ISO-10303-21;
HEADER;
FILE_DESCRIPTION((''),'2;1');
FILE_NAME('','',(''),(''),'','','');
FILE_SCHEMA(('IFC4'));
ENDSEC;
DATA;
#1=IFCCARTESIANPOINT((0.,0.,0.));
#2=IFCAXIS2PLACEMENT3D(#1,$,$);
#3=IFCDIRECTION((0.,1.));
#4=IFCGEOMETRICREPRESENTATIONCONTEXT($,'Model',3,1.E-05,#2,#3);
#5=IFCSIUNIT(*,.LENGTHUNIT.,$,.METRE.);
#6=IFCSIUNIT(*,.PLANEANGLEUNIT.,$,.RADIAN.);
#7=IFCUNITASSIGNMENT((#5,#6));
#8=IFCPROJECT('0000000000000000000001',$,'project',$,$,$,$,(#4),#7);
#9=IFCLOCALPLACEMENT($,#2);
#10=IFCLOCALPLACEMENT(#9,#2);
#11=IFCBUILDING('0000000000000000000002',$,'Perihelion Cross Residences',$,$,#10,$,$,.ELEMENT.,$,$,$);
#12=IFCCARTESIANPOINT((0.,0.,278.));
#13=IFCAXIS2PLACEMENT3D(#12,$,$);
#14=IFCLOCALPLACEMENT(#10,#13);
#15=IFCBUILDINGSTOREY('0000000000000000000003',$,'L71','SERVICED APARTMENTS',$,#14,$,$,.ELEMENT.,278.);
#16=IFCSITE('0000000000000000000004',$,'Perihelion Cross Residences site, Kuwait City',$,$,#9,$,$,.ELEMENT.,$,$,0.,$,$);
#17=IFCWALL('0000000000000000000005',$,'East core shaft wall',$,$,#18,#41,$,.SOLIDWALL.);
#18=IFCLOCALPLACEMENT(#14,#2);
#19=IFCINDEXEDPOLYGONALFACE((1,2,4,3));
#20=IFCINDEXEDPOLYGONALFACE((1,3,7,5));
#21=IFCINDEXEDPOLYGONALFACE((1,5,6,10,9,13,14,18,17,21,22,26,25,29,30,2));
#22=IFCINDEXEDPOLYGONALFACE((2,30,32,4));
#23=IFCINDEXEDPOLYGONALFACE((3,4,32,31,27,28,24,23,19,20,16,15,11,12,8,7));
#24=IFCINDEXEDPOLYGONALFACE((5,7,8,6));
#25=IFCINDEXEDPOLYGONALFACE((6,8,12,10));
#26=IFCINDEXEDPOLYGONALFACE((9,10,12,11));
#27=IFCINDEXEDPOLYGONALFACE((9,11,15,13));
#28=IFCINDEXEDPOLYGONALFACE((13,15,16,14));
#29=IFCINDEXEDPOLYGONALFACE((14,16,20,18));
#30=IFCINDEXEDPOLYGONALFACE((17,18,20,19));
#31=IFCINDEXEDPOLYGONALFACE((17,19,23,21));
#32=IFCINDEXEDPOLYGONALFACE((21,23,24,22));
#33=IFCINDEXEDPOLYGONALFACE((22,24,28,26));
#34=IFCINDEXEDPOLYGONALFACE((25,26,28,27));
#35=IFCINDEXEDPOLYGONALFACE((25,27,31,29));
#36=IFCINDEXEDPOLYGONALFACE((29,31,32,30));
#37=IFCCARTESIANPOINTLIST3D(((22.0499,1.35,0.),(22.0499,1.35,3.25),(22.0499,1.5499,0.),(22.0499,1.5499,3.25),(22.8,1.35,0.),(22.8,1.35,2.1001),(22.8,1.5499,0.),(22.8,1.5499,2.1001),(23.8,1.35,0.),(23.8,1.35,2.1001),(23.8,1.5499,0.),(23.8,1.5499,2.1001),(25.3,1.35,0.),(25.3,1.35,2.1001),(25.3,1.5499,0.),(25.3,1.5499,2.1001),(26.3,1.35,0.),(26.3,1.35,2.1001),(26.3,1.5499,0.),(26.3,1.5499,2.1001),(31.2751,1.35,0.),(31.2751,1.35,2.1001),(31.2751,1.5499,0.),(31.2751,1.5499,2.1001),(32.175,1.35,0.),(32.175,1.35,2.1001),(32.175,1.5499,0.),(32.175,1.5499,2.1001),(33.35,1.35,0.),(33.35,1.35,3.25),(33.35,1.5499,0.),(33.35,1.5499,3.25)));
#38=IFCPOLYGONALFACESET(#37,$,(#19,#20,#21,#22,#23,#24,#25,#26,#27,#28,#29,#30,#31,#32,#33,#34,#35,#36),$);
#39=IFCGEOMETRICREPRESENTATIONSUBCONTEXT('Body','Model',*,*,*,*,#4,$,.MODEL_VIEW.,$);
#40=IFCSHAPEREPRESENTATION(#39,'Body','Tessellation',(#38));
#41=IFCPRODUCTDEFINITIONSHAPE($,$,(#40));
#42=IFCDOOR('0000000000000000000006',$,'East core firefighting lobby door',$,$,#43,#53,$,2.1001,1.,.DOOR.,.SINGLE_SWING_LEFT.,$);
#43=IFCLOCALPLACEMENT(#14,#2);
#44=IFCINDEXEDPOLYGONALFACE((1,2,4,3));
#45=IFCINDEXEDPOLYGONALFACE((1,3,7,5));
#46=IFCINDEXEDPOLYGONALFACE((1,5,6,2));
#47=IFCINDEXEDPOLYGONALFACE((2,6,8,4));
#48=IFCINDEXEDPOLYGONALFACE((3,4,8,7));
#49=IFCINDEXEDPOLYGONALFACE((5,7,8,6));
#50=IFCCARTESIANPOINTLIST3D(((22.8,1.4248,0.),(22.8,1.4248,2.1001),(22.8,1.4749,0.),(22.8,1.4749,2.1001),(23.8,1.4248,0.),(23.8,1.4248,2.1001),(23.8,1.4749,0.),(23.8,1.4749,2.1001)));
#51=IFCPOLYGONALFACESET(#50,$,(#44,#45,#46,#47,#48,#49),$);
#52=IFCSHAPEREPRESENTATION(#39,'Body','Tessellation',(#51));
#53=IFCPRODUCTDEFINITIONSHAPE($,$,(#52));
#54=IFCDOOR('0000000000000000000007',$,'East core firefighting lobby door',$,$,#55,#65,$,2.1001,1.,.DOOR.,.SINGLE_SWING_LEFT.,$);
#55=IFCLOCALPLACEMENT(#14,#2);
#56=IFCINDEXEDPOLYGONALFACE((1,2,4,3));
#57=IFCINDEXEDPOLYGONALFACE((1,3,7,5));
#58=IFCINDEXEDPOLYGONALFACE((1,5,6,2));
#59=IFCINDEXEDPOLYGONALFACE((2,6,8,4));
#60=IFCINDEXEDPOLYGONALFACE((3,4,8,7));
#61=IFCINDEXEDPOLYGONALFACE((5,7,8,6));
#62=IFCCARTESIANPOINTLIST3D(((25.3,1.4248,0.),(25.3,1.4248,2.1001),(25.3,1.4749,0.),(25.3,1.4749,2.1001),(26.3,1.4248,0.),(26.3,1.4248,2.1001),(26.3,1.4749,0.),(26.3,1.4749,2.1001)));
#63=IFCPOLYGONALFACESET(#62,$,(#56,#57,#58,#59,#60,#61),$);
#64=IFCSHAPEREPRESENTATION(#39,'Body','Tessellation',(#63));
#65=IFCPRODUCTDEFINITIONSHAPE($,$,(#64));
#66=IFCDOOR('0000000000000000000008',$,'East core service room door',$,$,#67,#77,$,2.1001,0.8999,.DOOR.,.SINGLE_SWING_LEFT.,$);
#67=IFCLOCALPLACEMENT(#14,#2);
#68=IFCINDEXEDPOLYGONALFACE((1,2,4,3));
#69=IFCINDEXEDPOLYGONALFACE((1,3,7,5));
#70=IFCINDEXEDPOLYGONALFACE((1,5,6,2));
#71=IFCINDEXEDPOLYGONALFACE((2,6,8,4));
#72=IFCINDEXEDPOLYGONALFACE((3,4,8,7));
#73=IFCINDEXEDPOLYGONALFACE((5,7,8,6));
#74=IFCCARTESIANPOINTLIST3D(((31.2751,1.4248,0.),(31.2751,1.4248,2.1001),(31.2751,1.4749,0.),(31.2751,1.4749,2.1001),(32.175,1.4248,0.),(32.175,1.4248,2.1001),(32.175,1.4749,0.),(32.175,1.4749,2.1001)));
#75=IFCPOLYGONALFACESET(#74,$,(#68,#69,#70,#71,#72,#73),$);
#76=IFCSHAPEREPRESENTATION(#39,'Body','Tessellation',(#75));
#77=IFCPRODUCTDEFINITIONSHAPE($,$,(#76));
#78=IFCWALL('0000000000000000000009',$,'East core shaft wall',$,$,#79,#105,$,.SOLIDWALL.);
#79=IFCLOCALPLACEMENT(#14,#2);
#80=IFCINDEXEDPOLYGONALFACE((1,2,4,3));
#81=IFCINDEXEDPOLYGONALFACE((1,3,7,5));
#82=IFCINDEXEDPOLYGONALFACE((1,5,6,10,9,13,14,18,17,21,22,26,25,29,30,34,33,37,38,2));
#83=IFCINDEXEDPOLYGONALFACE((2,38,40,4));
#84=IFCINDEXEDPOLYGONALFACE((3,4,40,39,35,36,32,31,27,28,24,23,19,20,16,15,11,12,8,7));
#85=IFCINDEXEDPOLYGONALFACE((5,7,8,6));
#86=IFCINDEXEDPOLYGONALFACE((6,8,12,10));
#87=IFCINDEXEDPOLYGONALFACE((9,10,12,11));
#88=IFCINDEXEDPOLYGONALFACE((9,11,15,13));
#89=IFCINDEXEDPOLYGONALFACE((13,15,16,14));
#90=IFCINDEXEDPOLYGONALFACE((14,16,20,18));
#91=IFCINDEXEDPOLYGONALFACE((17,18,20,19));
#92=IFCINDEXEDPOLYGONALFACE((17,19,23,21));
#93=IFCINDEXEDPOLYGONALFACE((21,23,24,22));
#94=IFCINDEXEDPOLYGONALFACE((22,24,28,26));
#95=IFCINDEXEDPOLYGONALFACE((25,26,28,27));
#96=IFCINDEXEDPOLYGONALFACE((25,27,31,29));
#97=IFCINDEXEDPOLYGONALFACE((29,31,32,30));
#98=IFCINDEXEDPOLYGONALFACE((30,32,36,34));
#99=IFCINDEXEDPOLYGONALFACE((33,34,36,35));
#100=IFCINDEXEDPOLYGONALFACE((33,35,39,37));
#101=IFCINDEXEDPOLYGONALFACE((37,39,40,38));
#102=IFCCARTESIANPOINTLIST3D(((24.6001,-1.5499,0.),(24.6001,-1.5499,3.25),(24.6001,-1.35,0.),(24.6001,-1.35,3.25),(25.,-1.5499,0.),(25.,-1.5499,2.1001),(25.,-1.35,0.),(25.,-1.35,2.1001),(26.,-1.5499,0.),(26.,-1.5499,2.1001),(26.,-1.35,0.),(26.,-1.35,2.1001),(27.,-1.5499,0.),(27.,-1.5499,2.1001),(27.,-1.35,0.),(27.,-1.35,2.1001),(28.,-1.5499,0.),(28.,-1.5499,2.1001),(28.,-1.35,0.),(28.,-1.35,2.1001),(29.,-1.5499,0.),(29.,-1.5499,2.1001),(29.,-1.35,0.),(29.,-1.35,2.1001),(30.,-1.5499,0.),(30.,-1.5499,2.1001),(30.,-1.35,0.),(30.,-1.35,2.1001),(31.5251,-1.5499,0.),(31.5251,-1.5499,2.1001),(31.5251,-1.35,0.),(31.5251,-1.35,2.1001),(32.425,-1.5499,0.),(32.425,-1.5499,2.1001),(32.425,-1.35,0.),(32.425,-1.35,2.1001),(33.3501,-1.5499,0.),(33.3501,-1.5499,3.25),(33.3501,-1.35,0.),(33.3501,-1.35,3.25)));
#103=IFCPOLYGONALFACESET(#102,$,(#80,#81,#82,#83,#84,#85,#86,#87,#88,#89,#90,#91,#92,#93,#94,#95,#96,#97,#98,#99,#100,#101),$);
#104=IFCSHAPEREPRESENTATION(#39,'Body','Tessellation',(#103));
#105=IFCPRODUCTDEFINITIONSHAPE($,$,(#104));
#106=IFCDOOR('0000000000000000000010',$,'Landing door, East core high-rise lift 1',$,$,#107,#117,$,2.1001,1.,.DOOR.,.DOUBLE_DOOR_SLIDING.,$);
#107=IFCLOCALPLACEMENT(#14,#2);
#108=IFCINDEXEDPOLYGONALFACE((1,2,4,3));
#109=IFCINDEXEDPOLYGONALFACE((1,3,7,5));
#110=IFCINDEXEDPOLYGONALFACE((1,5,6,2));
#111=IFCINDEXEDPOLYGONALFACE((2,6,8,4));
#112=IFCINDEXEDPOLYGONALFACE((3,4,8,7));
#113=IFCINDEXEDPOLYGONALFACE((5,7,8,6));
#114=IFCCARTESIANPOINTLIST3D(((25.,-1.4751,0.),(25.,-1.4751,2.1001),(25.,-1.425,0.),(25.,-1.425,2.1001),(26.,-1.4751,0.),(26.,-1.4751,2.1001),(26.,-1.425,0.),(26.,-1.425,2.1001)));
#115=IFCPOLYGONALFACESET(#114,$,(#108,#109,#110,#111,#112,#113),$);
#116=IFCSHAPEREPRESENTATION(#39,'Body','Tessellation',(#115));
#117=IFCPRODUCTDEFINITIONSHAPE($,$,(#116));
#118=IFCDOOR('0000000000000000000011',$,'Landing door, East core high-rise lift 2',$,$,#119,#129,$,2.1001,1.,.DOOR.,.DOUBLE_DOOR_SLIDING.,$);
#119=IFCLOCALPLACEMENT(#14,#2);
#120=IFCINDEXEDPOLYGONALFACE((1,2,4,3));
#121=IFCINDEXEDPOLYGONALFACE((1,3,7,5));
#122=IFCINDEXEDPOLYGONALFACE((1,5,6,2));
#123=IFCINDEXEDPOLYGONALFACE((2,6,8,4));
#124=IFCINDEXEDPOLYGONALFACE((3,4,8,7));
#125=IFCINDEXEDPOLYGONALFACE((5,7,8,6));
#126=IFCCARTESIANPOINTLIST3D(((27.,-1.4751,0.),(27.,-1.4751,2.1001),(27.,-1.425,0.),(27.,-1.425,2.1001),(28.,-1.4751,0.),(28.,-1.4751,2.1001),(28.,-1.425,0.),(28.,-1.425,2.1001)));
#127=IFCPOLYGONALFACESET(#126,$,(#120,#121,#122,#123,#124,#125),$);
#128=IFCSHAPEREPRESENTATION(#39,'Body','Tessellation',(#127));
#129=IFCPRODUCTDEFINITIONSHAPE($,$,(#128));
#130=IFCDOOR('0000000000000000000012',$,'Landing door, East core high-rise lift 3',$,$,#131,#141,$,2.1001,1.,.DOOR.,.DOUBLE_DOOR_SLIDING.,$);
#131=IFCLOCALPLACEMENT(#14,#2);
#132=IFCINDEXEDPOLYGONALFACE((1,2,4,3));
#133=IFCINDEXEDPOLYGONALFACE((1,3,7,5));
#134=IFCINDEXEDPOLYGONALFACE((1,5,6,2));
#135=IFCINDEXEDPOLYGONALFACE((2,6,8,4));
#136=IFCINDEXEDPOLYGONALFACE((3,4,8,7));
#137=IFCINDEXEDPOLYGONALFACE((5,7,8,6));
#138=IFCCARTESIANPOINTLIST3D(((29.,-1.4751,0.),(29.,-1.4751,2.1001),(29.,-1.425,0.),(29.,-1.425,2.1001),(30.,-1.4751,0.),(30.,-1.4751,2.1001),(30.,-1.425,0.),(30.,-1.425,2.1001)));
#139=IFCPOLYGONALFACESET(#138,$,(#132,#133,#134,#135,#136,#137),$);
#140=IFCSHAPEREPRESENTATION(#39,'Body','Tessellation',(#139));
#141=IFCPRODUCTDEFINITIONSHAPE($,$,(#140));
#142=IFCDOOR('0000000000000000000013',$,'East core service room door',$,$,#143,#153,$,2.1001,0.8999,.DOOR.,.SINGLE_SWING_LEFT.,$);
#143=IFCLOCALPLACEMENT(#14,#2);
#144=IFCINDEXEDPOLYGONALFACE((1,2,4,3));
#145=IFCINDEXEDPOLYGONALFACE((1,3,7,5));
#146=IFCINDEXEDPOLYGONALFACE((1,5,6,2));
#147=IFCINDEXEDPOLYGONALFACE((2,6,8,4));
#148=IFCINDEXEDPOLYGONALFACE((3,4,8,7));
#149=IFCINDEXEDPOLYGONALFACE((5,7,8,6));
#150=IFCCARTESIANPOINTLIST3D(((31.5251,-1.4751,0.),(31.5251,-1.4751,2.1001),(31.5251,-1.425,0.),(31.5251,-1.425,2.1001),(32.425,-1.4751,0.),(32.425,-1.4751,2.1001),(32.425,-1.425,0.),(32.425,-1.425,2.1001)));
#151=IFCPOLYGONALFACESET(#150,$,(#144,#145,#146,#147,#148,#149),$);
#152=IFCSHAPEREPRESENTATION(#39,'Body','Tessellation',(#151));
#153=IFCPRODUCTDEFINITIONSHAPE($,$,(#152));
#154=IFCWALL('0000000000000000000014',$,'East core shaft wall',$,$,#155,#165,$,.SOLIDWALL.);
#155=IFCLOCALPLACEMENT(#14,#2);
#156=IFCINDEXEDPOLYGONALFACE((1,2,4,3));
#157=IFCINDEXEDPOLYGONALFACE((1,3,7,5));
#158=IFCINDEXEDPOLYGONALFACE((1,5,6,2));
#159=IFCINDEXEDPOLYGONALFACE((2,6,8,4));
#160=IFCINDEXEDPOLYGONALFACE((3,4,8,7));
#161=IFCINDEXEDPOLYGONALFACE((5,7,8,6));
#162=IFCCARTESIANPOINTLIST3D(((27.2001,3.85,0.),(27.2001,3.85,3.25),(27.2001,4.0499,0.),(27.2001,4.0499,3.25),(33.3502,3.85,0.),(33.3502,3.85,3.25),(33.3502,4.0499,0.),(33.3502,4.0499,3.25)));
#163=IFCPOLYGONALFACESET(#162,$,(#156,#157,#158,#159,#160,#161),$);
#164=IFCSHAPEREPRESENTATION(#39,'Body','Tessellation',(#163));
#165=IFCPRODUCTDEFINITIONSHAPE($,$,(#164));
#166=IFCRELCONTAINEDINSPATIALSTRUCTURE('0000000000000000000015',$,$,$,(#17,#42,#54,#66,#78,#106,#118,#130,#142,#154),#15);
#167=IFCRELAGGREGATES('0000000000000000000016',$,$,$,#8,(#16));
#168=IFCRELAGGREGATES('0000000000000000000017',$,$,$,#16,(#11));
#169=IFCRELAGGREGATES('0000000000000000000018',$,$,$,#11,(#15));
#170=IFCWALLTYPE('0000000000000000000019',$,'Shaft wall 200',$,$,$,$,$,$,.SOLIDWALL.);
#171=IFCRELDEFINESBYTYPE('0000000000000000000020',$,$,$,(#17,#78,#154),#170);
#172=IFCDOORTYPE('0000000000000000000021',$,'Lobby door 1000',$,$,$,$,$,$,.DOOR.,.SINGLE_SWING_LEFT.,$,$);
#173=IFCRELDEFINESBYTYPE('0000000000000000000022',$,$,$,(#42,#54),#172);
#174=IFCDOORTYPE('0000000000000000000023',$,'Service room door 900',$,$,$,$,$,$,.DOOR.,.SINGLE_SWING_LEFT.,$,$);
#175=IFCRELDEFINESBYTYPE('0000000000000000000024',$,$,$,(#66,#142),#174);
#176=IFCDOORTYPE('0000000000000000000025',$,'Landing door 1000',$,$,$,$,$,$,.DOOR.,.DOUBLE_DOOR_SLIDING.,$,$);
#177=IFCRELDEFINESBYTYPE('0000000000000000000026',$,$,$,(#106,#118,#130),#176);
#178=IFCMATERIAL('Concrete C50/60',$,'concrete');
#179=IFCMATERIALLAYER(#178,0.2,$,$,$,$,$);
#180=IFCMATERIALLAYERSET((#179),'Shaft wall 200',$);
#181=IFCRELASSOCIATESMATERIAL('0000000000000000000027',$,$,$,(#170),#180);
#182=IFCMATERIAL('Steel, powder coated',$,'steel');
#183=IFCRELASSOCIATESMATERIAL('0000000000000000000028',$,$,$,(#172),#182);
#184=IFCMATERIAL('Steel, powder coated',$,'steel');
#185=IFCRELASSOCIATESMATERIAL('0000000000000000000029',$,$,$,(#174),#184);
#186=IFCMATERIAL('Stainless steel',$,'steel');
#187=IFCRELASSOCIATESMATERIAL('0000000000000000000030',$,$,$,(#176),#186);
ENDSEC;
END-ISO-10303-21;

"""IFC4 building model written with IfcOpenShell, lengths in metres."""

from ifc_helpers import new_model, si_unit, direction, frame, frame_2d, origin, place, context, subcontext, project, spatial, rectangle, extrude, material, layer, layer_set, type_object, element, fill, save


model = new_model("IFC4")

# Units and contexts
model_context = context("Model", 3, precision=1e-05, world=origin(), true_north=direction((0.0, 1.0)))
body_context = subcontext(model_context, "Body", "Model", "MODEL_VIEW")
ifc_project = project(units=[si_unit("LENGTHUNIT", "METRE"), si_unit("PLANEANGLEUNIT", "RADIAN")], contexts=[model_context])

# Site, building, storey
site_placement = place(None, origin())
site = spatial("IfcSite", under=ifc_project, at=site_placement, Name="Perihelion Cross Residences site, Kuwait City", CompositionType="ELEMENT", RefElevation=0.0)
building_placement = place(site_placement, origin())
building = spatial("IfcBuilding", under=site, at=building_placement, Name="Perihelion Cross Residences", CompositionType="ELEMENT")
storey_placement = place(building_placement, frame((0.0, 0.0, 278.0)))
storey = spatial("IfcBuildingStorey", under=building, at=storey_placement, Name="L71", Description="SERVICED APARTMENTS", CompositionType="ELEMENT", Elevation=278.0)

# Walls, openings, doors
ifc_material_1 = material(Name="Concrete C50/60", Category="concrete")
ifc_layer_1 = layer(ifc_material_1, 0.2)
ifc_layer_set_1 = layer_set([ifc_layer_1], Name="Shaft wall 200")
wall_type_1 = type_object("IfcWallType", Name="Shaft wall 200", PredefinedType="SOLIDWALL", material=ifc_layer_set_1)
wall_1_placement = place(storey_placement, frame((22.05, 1.45, 0.0), z_axis=(0.0, 0.0, 1.0), x_axis=(1.0, 0.0, 0.0)))
wall_1 = element("IfcWall", 1, at=wall_1_placement, inside=storey, type_object=wall_type_1, Name="East core shaft wall", PredefinedType="SOLIDWALL", context=body_context, shape_type="SweptSolid", body=[
    extrude(rectangle(XDim=11.3, YDim=0.2, at=frame_2d((5.6499, 0.0))), origin(), (0.0, 0.0, 1.0), 3.25),
])
opening_1_placement = place(wall_1_placement, frame((0.75, 0.0, 0.0)))
opening_1 = element("IfcOpeningElement", 2, at=opening_1_placement, cuts=wall_1, PredefinedType="OPENING", context=body_context, shape_type="SweptSolid", body=[
    extrude(rectangle(XDim=1.0, YDim=2.1001, at=frame_2d((0.5, 1.05))), frame((0.0, 0.1099, 0.0), z_axis=(0.0, -1.0, 0.0), x_axis=(1.0, 0.0, 0.0)), (0.0, 0.0, 1.0), 0.22),
])
opening_2_placement = place(wall_1_placement, frame((3.25, 0.0, 0.0)))
opening_2 = element("IfcOpeningElement", 3, at=opening_2_placement, cuts=wall_1, PredefinedType="OPENING", context=body_context, shape_type="SweptSolid", body=[
    extrude(rectangle(XDim=1.0, YDim=2.1001, at=frame_2d((0.5, 1.05))), frame((0.0, 0.1099, 0.0), z_axis=(0.0, -1.0, 0.0), x_axis=(1.0, 0.0, 0.0)), (0.0, 0.0, 1.0), 0.22),
])
opening_3_placement = place(wall_1_placement, frame((9.2251, 0.0, 0.0)))
opening_3 = element("IfcOpeningElement", 4, at=opening_3_placement, cuts=wall_1, PredefinedType="OPENING", context=body_context, shape_type="SweptSolid", body=[
    extrude(rectangle(XDim=0.8999, YDim=2.1001, at=frame_2d((0.45, 1.05))), frame((0.0, 0.1099, 0.0), z_axis=(0.0, -1.0, 0.0), x_axis=(1.0, 0.0, 0.0)), (0.0, 0.0, 1.0), 0.22),
])
ifc_material_2 = material(Name="Steel, powder coated", Category="steel")
door_type_1 = type_object("IfcDoorType", Name="Lobby door 1000", OperationType="SINGLE_SWING_LEFT", PredefinedType="DOOR", material=ifc_material_2)
door_1_placement = place(opening_1_placement, origin())
door_1 = element("IfcDoor", 5, at=door_1_placement, inside=storey, type_object=door_type_1, Name="East core firefighting lobby door", OperationType="SINGLE_SWING_LEFT", OverallHeight=2.1001, OverallWidth=1.0, PredefinedType="DOOR", context=body_context, shape_type="SweptSolid", body=[
    extrude(rectangle(XDim=1.0, YDim=2.1001, at=frame_2d((0.5, 1.05))), frame((0.0, 0.0249, 0.0), z_axis=(0.0, -1.0, 0.0), x_axis=(1.0, 0.0, 0.0)), (0.0, 0.0, 1.0), 0.05),
])
fill(opening_1, door_1)
door_2_placement = place(opening_2_placement, origin())
door_2 = element("IfcDoor", 6, at=door_2_placement, inside=storey, type_object=door_type_1, Name="East core firefighting lobby door", OperationType="SINGLE_SWING_LEFT", OverallHeight=2.1001, OverallWidth=1.0, PredefinedType="DOOR", context=body_context, shape_type="SweptSolid", body=[
    extrude(rectangle(XDim=1.0, YDim=2.1001, at=frame_2d((0.5, 1.05))), frame((0.0, 0.0249, 0.0), z_axis=(0.0, -1.0, 0.0), x_axis=(1.0, 0.0, 0.0)), (0.0, 0.0, 1.0), 0.05),
])
fill(opening_2, door_2)
ifc_material_3 = material(Name="Steel, powder coated", Category="steel")
door_type_2 = type_object("IfcDoorType", Name="Service room door 900", OperationType="SINGLE_SWING_LEFT", PredefinedType="DOOR", material=ifc_material_3)
door_3_placement = place(opening_3_placement, origin())
door_3 = element("IfcDoor", 7, at=door_3_placement, inside=storey, type_object=door_type_2, Name="East core service room door", OperationType="SINGLE_SWING_LEFT", OverallHeight=2.1001, OverallWidth=0.8999, PredefinedType="DOOR", context=body_context, shape_type="SweptSolid", body=[
    extrude(rectangle(XDim=0.8999, YDim=2.1001, at=frame_2d((0.45, 1.05))), frame((0.0, 0.0249, 0.0), z_axis=(0.0, -1.0, 0.0), x_axis=(1.0, 0.0, 0.0)), (0.0, 0.0, 1.0), 0.05),
])
fill(opening_3, door_3)
wall_2_placement = place(storey_placement, frame((24.6001, -1.45, 0.0), z_axis=(0.0, 0.0, 1.0), x_axis=(1.0, 0.0, 0.0)))
wall_2 = element("IfcWall", 8, at=wall_2_placement, inside=storey, type_object=wall_type_1, Name="East core shaft wall", PredefinedType="SOLIDWALL", context=body_context, shape_type="SweptSolid", body=[
    extrude(rectangle(XDim=8.75, YDim=0.2, at=frame_2d((4.375, 0.0))), origin(), (0.0, 0.0, 1.0), 3.25),
])
opening_4_placement = place(wall_2_placement, frame((0.3999, 0.0, 0.0)))
opening_4 = element("IfcOpeningElement", 9, at=opening_4_placement, cuts=wall_2, PredefinedType="OPENING", context=body_context, shape_type="SweptSolid", body=[
    extrude(rectangle(XDim=1.0, YDim=2.1001, at=frame_2d((0.5, 1.05))), frame((0.0, 0.1099, 0.0), z_axis=(0.0, -1.0, 0.0), x_axis=(1.0, 0.0, 0.0)), (0.0, 0.0, 1.0), 0.22),
])
opening_5_placement = place(wall_2_placement, frame((2.3999, 0.0, 0.0)))
opening_5 = element("IfcOpeningElement", 10, at=opening_5_placement, cuts=wall_2, PredefinedType="OPENING", context=body_context, shape_type="SweptSolid", body=[
    extrude(rectangle(XDim=1.0, YDim=2.1001, at=frame_2d((0.5, 1.05))), frame((0.0, 0.1099, 0.0), z_axis=(0.0, -1.0, 0.0), x_axis=(1.0, 0.0, 0.0)), (0.0, 0.0, 1.0), 0.22),
])
opening_6_placement = place(wall_2_placement, frame((4.3999, 0.0, 0.0)))
opening_6 = element("IfcOpeningElement", 11, at=opening_6_placement, cuts=wall_2, PredefinedType="OPENING", context=body_context, shape_type="SweptSolid", body=[
    extrude(rectangle(XDim=1.0, YDim=2.1001, at=frame_2d((0.5, 1.05))), frame((0.0, 0.1099, 0.0), z_axis=(0.0, -1.0, 0.0), x_axis=(1.0, 0.0, 0.0)), (0.0, 0.0, 1.0), 0.22),
])
opening_7_placement = place(wall_2_placement, frame((6.925, 0.0, 0.0)))
opening_7 = element("IfcOpeningElement", 12, at=opening_7_placement, cuts=wall_2, PredefinedType="OPENING", context=body_context, shape_type="SweptSolid", body=[
    extrude(rectangle(XDim=0.8999, YDim=2.1001, at=frame_2d((0.45, 1.05))), frame((0.0, 0.1099, 0.0), z_axis=(0.0, -1.0, 0.0), x_axis=(1.0, 0.0, 0.0)), (0.0, 0.0, 1.0), 0.22),
])
ifc_material_4 = material(Name="Stainless steel", Category="steel")
door_type_3 = type_object("IfcDoorType", Name="Landing door 1000", OperationType="DOUBLE_DOOR_SLIDING", PredefinedType="DOOR", material=ifc_material_4)
door_4_placement = place(opening_4_placement, origin())
door_4 = element("IfcDoor", 13, at=door_4_placement, inside=storey, type_object=door_type_3, Name="Landing door, East core high-rise lift 1", OperationType="DOUBLE_DOOR_SLIDING", OverallHeight=2.1001, OverallWidth=1.0, PredefinedType="DOOR", context=body_context, shape_type="SweptSolid", body=[
    extrude(rectangle(XDim=1.0, YDim=2.1001, at=frame_2d((0.5, 1.05))), frame((0.0, 0.0249, 0.0), z_axis=(0.0, -1.0, 0.0), x_axis=(1.0, 0.0, 0.0)), (0.0, 0.0, 1.0), 0.05),
])
fill(opening_4, door_4)
door_5_placement = place(opening_5_placement, origin())
door_5 = element("IfcDoor", 14, at=door_5_placement, inside=storey, type_object=door_type_3, Name="Landing door, East core high-rise lift 2", OperationType="DOUBLE_DOOR_SLIDING", OverallHeight=2.1001, OverallWidth=1.0, PredefinedType="DOOR", context=body_context, shape_type="SweptSolid", body=[
    extrude(rectangle(XDim=1.0, YDim=2.1001, at=frame_2d((0.5, 1.05))), frame((0.0, 0.0249, 0.0), z_axis=(0.0, -1.0, 0.0), x_axis=(1.0, 0.0, 0.0)), (0.0, 0.0, 1.0), 0.05),
])
fill(opening_5, door_5)
door_6_placement = place(opening_6_placement, origin())
door_6 = element("IfcDoor", 15, at=door_6_placement, inside=storey, type_object=door_type_3, Name="Landing door, East core high-rise lift 3", OperationType="DOUBLE_DOOR_SLIDING", OverallHeight=2.1001, OverallWidth=1.0, PredefinedType="DOOR", context=body_context, shape_type="SweptSolid", body=[
    extrude(rectangle(XDim=1.0, YDim=2.1001, at=frame_2d((0.5, 1.05))), frame((0.0, 0.0249, 0.0), z_axis=(0.0, -1.0, 0.0), x_axis=(1.0, 0.0, 0.0)), (0.0, 0.0, 1.0), 0.05),
])
fill(opening_6, door_6)
door_7_placement = place(opening_7_placement, origin())
door_7 = element("IfcDoor", 16, at=door_7_placement, inside=storey, type_object=door_type_2, Name="East core service room door", OperationType="SINGLE_SWING_LEFT", OverallHeight=2.1001, OverallWidth=0.8999, PredefinedType="DOOR", context=body_context, shape_type="SweptSolid", body=[
    extrude(rectangle(XDim=0.8999, YDim=2.1001, at=frame_2d((0.45, 1.05))), frame((0.0, 0.0249, 0.0), z_axis=(0.0, -1.0, 0.0), x_axis=(1.0, 0.0, 0.0)), (0.0, 0.0, 1.0), 0.05),
])
fill(opening_7, door_7)

# Wall
wall_3_placement = place(storey_placement, frame((27.2, 3.95, 0.0), z_axis=(0.0, 0.0, 1.0), x_axis=(1.0, 0.0, 0.0)))
element("IfcWall", 17, at=wall_3_placement, inside=storey, type_object=wall_type_1, Name="East core shaft wall", PredefinedType="SOLIDWALL", context=body_context, shape_type="SweptSolid", body=[
    extrude(rectangle(XDim=6.1501, YDim=0.2, at=frame_2d((3.0752, 0.0))), origin(), (0.0, 0.0, 1.0), 3.25),
])

save(model, "model.ifc")
